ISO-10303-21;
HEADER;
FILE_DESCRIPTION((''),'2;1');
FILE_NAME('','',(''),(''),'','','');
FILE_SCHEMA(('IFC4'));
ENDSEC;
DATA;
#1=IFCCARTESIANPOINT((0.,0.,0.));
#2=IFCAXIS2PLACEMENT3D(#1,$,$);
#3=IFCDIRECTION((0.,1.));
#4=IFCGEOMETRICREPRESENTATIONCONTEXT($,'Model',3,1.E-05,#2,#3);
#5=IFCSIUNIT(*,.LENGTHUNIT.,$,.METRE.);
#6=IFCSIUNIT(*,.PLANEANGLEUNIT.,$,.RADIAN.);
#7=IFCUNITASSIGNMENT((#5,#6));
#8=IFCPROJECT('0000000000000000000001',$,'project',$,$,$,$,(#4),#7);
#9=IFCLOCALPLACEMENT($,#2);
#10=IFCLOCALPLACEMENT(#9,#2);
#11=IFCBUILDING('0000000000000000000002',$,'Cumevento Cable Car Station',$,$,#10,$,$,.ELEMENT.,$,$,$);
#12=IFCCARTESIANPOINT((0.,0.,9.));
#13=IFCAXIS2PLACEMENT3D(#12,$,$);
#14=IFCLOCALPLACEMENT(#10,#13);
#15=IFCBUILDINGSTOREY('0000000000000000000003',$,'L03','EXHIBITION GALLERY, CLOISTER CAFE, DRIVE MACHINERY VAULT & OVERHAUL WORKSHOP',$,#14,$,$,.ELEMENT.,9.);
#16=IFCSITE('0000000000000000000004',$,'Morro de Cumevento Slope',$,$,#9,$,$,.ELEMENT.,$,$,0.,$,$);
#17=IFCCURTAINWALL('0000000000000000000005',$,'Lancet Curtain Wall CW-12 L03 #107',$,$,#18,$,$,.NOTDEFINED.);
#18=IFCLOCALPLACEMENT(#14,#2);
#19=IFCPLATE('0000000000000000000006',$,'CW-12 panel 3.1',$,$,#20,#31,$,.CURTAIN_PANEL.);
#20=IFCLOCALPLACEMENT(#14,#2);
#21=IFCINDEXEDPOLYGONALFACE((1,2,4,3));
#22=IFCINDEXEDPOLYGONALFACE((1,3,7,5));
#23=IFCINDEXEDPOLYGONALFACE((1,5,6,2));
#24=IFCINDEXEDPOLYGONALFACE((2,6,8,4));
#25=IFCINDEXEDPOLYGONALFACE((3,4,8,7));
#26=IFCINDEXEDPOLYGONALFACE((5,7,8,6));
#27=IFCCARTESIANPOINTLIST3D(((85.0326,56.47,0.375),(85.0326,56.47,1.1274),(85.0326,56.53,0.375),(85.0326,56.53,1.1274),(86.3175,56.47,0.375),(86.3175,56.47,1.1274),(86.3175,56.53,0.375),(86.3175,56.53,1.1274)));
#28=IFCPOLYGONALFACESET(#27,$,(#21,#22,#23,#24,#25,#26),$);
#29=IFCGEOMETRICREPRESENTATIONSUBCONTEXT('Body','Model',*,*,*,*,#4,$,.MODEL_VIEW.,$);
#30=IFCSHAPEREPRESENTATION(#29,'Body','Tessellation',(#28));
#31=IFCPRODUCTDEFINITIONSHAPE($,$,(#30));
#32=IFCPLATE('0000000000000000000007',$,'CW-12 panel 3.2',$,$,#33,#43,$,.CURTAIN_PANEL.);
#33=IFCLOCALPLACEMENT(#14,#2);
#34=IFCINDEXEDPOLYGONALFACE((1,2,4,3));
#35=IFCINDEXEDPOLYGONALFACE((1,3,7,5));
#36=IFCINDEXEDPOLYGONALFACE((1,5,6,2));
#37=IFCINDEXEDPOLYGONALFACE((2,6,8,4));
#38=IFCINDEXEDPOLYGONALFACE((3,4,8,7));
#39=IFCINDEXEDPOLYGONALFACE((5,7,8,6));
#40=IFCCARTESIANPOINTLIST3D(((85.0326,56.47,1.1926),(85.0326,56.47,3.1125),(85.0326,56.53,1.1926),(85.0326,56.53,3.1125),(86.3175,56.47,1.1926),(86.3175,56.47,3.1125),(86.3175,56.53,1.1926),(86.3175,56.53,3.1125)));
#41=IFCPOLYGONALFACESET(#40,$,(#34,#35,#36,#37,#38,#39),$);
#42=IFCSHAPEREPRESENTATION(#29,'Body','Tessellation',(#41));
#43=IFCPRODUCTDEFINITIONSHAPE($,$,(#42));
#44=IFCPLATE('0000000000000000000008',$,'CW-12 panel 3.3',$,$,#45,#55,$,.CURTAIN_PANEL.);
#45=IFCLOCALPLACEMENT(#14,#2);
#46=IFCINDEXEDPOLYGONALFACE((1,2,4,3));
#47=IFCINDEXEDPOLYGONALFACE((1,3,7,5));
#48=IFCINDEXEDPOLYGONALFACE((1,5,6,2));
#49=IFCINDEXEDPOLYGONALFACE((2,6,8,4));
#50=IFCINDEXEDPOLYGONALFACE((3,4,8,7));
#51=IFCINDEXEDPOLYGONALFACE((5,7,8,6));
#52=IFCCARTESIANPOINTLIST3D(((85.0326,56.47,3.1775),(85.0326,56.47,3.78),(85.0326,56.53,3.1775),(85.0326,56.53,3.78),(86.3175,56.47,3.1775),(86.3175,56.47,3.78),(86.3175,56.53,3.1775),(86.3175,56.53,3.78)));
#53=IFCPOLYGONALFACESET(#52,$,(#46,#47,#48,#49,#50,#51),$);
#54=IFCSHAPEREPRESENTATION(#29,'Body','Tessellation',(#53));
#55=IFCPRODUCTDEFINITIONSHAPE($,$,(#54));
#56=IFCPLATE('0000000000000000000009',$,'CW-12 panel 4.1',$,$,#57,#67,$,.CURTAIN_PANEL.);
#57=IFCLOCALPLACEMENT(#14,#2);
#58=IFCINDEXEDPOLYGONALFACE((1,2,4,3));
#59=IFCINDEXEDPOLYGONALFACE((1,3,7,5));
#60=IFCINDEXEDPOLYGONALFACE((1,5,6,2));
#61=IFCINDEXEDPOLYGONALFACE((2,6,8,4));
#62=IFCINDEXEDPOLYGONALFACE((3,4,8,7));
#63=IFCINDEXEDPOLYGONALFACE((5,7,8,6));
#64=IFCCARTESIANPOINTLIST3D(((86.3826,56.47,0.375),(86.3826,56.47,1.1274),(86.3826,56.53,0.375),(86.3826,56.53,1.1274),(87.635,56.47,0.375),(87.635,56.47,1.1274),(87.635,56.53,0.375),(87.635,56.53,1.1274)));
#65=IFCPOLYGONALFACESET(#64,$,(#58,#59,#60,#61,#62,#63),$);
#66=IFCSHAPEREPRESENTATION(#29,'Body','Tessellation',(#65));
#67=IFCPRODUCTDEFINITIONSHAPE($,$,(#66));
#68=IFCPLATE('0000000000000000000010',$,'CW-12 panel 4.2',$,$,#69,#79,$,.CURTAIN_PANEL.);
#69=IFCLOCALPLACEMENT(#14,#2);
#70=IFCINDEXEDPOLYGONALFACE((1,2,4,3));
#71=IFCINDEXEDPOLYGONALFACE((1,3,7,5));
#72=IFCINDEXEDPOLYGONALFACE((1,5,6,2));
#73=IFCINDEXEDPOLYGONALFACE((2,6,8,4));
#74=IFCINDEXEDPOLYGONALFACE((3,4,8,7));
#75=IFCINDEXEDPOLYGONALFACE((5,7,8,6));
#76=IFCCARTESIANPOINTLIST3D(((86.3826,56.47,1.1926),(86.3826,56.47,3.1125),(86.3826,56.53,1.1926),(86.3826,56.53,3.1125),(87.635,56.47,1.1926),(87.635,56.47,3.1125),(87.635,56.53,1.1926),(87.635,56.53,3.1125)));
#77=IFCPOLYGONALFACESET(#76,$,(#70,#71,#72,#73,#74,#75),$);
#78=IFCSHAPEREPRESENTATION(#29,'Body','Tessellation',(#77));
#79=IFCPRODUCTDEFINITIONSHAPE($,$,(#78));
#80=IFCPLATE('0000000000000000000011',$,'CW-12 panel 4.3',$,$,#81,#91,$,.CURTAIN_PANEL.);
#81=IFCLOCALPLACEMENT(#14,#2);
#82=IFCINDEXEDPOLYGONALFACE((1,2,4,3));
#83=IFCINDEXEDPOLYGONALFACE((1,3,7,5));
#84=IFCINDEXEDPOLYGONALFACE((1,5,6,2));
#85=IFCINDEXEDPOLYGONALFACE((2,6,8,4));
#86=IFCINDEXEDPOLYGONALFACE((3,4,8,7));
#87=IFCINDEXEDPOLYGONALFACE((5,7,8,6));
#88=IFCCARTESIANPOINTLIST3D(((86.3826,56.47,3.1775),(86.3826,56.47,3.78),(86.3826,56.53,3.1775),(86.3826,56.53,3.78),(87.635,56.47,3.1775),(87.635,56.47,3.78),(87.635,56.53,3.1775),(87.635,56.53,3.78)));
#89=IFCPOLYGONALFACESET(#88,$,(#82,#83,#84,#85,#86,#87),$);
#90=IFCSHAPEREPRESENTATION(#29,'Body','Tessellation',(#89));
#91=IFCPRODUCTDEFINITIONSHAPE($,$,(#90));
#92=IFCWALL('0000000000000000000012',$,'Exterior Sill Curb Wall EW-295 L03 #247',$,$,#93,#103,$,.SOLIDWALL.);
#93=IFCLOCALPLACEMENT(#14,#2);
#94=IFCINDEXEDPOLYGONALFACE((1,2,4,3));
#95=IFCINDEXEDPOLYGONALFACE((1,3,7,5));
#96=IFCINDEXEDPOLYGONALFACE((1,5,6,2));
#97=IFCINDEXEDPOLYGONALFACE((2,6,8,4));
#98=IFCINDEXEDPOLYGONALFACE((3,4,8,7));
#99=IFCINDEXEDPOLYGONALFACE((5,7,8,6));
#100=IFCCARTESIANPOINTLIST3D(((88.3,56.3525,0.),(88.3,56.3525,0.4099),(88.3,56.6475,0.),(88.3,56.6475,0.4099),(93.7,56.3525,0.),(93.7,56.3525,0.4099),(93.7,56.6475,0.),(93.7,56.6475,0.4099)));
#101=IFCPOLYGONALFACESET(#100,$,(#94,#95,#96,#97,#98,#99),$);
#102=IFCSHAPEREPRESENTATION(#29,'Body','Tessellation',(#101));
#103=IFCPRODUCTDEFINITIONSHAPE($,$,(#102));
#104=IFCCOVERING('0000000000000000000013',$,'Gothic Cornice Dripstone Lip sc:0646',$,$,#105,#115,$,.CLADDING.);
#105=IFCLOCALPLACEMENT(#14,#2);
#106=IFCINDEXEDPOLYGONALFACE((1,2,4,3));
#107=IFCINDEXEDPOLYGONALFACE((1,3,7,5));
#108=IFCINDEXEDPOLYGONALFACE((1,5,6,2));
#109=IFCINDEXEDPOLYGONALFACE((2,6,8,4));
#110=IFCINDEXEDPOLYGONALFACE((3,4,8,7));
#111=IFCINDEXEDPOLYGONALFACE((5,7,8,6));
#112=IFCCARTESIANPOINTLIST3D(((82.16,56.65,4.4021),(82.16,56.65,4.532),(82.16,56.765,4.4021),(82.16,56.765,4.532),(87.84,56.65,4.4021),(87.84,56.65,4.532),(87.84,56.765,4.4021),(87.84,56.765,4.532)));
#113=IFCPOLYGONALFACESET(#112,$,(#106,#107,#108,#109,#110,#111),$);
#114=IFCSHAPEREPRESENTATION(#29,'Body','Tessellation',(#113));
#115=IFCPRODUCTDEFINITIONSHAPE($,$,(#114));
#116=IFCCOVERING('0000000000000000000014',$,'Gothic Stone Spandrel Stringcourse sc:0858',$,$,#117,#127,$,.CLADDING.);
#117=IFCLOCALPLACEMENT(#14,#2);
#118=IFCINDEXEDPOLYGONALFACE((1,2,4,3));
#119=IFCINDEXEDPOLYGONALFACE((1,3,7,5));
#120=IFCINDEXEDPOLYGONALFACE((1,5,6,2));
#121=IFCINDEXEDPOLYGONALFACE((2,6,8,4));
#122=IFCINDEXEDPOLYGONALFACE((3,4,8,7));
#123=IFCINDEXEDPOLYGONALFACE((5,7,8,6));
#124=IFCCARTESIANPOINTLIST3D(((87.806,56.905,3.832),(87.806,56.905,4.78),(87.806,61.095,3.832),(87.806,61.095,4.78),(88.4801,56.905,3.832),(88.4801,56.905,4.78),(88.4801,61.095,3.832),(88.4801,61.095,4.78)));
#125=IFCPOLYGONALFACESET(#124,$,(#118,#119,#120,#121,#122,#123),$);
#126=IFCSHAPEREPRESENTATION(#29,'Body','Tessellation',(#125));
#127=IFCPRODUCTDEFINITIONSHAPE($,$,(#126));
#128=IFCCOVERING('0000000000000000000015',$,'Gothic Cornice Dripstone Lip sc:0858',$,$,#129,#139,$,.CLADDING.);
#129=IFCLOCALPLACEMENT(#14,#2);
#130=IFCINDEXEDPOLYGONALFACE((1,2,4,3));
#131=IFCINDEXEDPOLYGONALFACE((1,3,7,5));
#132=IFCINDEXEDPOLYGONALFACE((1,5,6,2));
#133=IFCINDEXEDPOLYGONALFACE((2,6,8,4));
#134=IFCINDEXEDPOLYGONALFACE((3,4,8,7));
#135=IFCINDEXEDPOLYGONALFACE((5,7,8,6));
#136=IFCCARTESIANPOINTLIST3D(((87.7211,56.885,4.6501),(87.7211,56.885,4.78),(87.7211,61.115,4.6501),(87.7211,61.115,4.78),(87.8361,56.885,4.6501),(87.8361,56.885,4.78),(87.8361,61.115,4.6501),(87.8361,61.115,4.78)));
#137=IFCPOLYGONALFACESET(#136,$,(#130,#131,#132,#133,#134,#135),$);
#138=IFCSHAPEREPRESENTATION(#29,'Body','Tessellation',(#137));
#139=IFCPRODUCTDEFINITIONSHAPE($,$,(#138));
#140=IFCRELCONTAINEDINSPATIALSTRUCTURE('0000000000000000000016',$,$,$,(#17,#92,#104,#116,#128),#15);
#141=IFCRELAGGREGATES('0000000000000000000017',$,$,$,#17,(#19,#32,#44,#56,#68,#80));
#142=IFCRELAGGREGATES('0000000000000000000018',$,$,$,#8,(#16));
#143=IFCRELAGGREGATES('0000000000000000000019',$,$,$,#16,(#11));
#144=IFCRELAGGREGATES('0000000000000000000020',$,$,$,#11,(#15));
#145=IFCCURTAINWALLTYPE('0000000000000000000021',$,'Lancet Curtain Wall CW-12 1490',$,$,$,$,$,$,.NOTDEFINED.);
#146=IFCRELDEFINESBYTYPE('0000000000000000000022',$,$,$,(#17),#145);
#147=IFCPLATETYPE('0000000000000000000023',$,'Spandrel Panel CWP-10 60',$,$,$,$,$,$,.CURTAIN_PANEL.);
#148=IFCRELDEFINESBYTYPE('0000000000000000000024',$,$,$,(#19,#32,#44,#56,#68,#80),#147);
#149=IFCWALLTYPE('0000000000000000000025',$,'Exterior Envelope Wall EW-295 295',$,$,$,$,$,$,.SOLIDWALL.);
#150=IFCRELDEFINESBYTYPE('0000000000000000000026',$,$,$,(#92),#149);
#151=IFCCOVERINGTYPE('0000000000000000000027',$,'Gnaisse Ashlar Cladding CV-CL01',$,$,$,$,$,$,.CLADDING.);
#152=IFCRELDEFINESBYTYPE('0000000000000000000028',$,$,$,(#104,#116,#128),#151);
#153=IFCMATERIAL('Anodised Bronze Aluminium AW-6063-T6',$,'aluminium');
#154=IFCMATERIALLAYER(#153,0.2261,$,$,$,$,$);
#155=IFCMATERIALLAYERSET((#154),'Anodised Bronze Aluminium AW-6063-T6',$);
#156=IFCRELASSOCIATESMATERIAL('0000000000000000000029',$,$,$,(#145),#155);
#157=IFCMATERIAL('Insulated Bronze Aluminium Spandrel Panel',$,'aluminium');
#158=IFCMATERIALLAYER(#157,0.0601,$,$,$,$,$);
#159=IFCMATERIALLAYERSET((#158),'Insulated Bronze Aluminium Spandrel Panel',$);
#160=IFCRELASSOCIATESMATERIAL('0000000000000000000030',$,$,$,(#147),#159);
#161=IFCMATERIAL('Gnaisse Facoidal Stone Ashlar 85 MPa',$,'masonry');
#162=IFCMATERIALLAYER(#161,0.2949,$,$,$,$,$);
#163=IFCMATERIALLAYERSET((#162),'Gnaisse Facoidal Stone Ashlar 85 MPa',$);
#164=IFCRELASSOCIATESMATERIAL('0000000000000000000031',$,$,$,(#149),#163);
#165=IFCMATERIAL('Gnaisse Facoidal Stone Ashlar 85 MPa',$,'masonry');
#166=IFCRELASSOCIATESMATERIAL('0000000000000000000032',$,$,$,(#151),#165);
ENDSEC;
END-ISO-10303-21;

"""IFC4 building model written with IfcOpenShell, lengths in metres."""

from ifc_helpers import new_model, si_unit, direction, frame, frame_2d, origin, origin_2d, place, context, subcontext, project, spatial, rectangle, extrude, material, layer, layer_set, type_object, element, aggregate, save


model = new_model("IFC4")

# Units and contexts
model_context = context("Model", 3, precision=1e-05, world=origin(), true_north=direction((0.0, 1.0)))
body_context = subcontext(model_context, "Body", "Model", "MODEL_VIEW")
ifc_project = project(units=[si_unit("LENGTHUNIT", "METRE"), si_unit("PLANEANGLEUNIT", "RADIAN")], contexts=[model_context])

# Site, building, storey
site_placement = place(None, origin())
site = spatial("IfcSite", under=ifc_project, at=site_placement, Name="Morro de Cumevento Slope", CompositionType="ELEMENT", RefElevation=0.0)
building_placement = place(site_placement, origin())
building = spatial("IfcBuilding", under=site, at=building_placement, Name="Cumevento Cable Car Station", CompositionType="ELEMENT")
storey_placement = place(building_placement, frame((0.0, 0.0, 9.0)))
storey = spatial("IfcBuildingStorey", under=building, at=storey_placement, Name="L03", Description="EXHIBITION GALLERY, CLOISTER CAFE, DRIVE MACHINERY VAULT & OVERHAUL WORKSHOP", CompositionType="ELEMENT", Elevation=9.0)

# Curtain wall
ifc_material_1 = material(Name="Anodised Bronze Aluminium AW-6063-T6", Category="aluminium")
ifc_layer_1 = layer(ifc_material_1, 0.2261)
ifc_layer_set_1 = layer_set([ifc_layer_1], Name="Anodised Bronze Aluminium AW-6063-T6")
curtain_wall_type_1 = type_object("IfcCurtainWallType", Name="Lancet Curtain Wall CW-12 1490", PredefinedType="NOTDEFINED", material=ifc_layer_set_1)
curtain_wall_1_placement = place(storey_placement, origin())
curtain_wall_1 = element("IfcCurtainWall", 1, at=curtain_wall_1_placement, inside=storey, type_object=curtain_wall_type_1, Name="Lancet Curtain Wall CW-12 L03 #107", PredefinedType="NOTDEFINED")

# Plates
ifc_material_2 = material(Name="Insulated Bronze Aluminium Spandrel Panel", Category="aluminium")
ifc_layer_2 = layer(ifc_material_2, 0.0601)
ifc_layer_set_2 = layer_set([ifc_layer_2], Name="Insulated Bronze Aluminium Spandrel Panel")
plate_type = type_object("IfcPlateType", Name="Spandrel Panel CWP-10 60", PredefinedType="CURTAIN_PANEL", material=ifc_layer_set_2)
plate_1_placement = place(storey_placement, frame((85.675, 56.5, 0.375), z_axis=(0.0, 0.0, 1.0), x_axis=(1.0, 0.0, 0.0)))
plate_1 = element("IfcPlate", 2, at=plate_1_placement, type_object=plate_type, Name="CW-12 panel 3.1", PredefinedType="CURTAIN_PANEL", context=body_context, shape_type="SweptSolid", body=[
    extrude(rectangle(XDim=1.2849, YDim=0.0601, at=origin_2d()), origin(), (0.0, 0.0, 1.0), 0.7524),
])
plate_2_placement = place(storey_placement, frame((85.675, 56.5, 1.1926), z_axis=(0.0, 0.0, 1.0), x_axis=(1.0, 0.0, 0.0)))
plate_2 = element("IfcPlate", 3, at=plate_2_placement, type_object=plate_type, Name="CW-12 panel 3.2", PredefinedType="CURTAIN_PANEL", context=body_context, shape_type="SweptSolid", body=[
    extrude(rectangle(XDim=1.2849, YDim=0.0601, at=origin_2d()), origin(), (0.0, 0.0, 1.0), 1.9199),
])
plate_3_placement = place(storey_placement, frame((85.675, 56.5, 3.1775), z_axis=(0.0, 0.0, 1.0), x_axis=(1.0, 0.0, 0.0)))
plate_3 = element("IfcPlate", 4, at=plate_3_placement, type_object=plate_type, Name="CW-12 panel 3.3", PredefinedType="CURTAIN_PANEL", context=body_context, shape_type="SweptSolid", body=[
    extrude(rectangle(XDim=1.2849, YDim=0.0601, at=origin_2d()), origin(), (0.0, 0.0, 1.0), 0.6025),
])
plate_4_placement = place(storey_placement, frame((87.0088, 56.5, 0.375), z_axis=(0.0, 0.0, 1.0), x_axis=(1.0, 0.0, 0.0)))
plate_4 = element("IfcPlate", 5, at=plate_4_placement, type_object=plate_type, Name="CW-12 panel 4.1", PredefinedType="CURTAIN_PANEL", context=body_context, shape_type="SweptSolid", body=[
    extrude(rectangle(XDim=1.2524, YDim=0.0601, at=origin_2d()), origin(), (0.0, 0.0, 1.0), 0.7524),
])
plate_5_placement = place(storey_placement, frame((87.0088, 56.5, 1.1926), z_axis=(0.0, 0.0, 1.0), x_axis=(1.0, 0.0, 0.0)))
plate_5 = element("IfcPlate", 6, at=plate_5_placement, type_object=plate_type, Name="CW-12 panel 4.2", PredefinedType="CURTAIN_PANEL", context=body_context, shape_type="SweptSolid", body=[
    extrude(rectangle(XDim=1.2524, YDim=0.0601, at=origin_2d()), origin(), (0.0, 0.0, 1.0), 1.9199),
])
plate_6_placement = place(storey_placement, frame((87.0088, 56.5, 3.1775), z_axis=(0.0, 0.0, 1.0), x_axis=(1.0, 0.0, 0.0)))
plate_6 = element("IfcPlate", 7, at=plate_6_placement, type_object=plate_type, Name="CW-12 panel 4.3", PredefinedType="CURTAIN_PANEL", context=body_context, shape_type="SweptSolid", body=[
    extrude(rectangle(XDim=1.2524, YDim=0.0601, at=origin_2d()), origin(), (0.0, 0.0, 1.0), 0.6025),
])
aggregate(curtain_wall_1, [plate_1, plate_2, plate_3, plate_4, plate_5, plate_6])

# Wall
ifc_material_3 = material(Name="Gnaisse Facoidal Stone Ashlar 85 MPa", Category="masonry")
ifc_layer_3 = layer(ifc_material_3, 0.2949)
ifc_layer_set_3 = layer_set([ifc_layer_3], Name="Gnaisse Facoidal Stone Ashlar 85 MPa")
wall_type = type_object("IfcWallType", Name="Exterior Envelope Wall EW-295 295", PredefinedType="SOLIDWALL", material=ifc_layer_set_3)
wall_placement = place(storey_placement, frame((88.3, 56.5, 0.0), z_axis=(0.0, 0.0, 1.0), x_axis=(1.0, 0.0, 0.0)))
element("IfcWall", 8, at=wall_placement, inside=storey, type_object=wall_type, Name="Exterior Sill Curb Wall EW-295 L03 #247", PredefinedType="SOLIDWALL", context=body_context, shape_type="SweptSolid", body=[
    extrude(rectangle(XDim=5.3999, YDim=0.2949, at=frame_2d((2.7, 0.0))), origin(), (0.0, 0.0, 1.0), 0.4099),
])

# Coverings
ifc_material_4 = material(Name="Gnaisse Facoidal Stone Ashlar 85 MPa", Category="masonry")
covering_type = type_object("IfcCoveringType", Name="Gnaisse Ashlar Cladding CV-CL01", PredefinedType="CLADDING", material=ifc_material_4)
covering_1_placement = place(storey_placement, frame((85.0, 56.7075, 4.4021), z_axis=(0.0, 0.0, 1.0), x_axis=(1.0, 0.0, 0.0)))
element("IfcCovering", 9, at=covering_1_placement, inside=storey, type_object=covering_type, Name="Gothic Cornice Dripstone Lip sc:0646", PredefinedType="CLADDING", context=body_context, shape_type="SweptSolid", body=[
    extrude(rectangle(XDim=5.6799, YDim=0.115, at=origin_2d()), origin(), (0.0, 0.0, 1.0), 0.1299),
])
covering_2_placement = place(storey_placement, frame((88.1431, 59.0, 3.832), z_axis=(0.0, 0.0, 1.0), x_axis=(0.0, 1.0, 0.0)))
element("IfcCovering", 10, at=covering_2_placement, inside=storey, type_object=covering_type, Name="Gothic Stone Spandrel Stringcourse sc:0858", PredefinedType="CLADDING", context=body_context, shape_type="SweptSolid", body=[
    extrude(rectangle(XDim=4.1899, YDim=0.6741, at=origin_2d()), origin(), (0.0, 0.0, 1.0), 0.948),
])
covering_3_placement = place(storey_placement, frame((87.7786, 59.0, 4.6501), z_axis=(0.0, 0.0, 1.0), x_axis=(0.0, 1.0, 0.0)))
element("IfcCovering", 11, at=covering_3_placement, inside=storey, type_object=covering_type, Name="Gothic Cornice Dripstone Lip sc:0858", PredefinedType="CLADDING", context=body_context, shape_type="SweptSolid", body=[
    extrude(rectangle(XDim=4.23, YDim=0.115, at=origin_2d()), origin(), (0.0, 0.0, 1.0), 0.1299),
])

save(model, "model.ifc")
